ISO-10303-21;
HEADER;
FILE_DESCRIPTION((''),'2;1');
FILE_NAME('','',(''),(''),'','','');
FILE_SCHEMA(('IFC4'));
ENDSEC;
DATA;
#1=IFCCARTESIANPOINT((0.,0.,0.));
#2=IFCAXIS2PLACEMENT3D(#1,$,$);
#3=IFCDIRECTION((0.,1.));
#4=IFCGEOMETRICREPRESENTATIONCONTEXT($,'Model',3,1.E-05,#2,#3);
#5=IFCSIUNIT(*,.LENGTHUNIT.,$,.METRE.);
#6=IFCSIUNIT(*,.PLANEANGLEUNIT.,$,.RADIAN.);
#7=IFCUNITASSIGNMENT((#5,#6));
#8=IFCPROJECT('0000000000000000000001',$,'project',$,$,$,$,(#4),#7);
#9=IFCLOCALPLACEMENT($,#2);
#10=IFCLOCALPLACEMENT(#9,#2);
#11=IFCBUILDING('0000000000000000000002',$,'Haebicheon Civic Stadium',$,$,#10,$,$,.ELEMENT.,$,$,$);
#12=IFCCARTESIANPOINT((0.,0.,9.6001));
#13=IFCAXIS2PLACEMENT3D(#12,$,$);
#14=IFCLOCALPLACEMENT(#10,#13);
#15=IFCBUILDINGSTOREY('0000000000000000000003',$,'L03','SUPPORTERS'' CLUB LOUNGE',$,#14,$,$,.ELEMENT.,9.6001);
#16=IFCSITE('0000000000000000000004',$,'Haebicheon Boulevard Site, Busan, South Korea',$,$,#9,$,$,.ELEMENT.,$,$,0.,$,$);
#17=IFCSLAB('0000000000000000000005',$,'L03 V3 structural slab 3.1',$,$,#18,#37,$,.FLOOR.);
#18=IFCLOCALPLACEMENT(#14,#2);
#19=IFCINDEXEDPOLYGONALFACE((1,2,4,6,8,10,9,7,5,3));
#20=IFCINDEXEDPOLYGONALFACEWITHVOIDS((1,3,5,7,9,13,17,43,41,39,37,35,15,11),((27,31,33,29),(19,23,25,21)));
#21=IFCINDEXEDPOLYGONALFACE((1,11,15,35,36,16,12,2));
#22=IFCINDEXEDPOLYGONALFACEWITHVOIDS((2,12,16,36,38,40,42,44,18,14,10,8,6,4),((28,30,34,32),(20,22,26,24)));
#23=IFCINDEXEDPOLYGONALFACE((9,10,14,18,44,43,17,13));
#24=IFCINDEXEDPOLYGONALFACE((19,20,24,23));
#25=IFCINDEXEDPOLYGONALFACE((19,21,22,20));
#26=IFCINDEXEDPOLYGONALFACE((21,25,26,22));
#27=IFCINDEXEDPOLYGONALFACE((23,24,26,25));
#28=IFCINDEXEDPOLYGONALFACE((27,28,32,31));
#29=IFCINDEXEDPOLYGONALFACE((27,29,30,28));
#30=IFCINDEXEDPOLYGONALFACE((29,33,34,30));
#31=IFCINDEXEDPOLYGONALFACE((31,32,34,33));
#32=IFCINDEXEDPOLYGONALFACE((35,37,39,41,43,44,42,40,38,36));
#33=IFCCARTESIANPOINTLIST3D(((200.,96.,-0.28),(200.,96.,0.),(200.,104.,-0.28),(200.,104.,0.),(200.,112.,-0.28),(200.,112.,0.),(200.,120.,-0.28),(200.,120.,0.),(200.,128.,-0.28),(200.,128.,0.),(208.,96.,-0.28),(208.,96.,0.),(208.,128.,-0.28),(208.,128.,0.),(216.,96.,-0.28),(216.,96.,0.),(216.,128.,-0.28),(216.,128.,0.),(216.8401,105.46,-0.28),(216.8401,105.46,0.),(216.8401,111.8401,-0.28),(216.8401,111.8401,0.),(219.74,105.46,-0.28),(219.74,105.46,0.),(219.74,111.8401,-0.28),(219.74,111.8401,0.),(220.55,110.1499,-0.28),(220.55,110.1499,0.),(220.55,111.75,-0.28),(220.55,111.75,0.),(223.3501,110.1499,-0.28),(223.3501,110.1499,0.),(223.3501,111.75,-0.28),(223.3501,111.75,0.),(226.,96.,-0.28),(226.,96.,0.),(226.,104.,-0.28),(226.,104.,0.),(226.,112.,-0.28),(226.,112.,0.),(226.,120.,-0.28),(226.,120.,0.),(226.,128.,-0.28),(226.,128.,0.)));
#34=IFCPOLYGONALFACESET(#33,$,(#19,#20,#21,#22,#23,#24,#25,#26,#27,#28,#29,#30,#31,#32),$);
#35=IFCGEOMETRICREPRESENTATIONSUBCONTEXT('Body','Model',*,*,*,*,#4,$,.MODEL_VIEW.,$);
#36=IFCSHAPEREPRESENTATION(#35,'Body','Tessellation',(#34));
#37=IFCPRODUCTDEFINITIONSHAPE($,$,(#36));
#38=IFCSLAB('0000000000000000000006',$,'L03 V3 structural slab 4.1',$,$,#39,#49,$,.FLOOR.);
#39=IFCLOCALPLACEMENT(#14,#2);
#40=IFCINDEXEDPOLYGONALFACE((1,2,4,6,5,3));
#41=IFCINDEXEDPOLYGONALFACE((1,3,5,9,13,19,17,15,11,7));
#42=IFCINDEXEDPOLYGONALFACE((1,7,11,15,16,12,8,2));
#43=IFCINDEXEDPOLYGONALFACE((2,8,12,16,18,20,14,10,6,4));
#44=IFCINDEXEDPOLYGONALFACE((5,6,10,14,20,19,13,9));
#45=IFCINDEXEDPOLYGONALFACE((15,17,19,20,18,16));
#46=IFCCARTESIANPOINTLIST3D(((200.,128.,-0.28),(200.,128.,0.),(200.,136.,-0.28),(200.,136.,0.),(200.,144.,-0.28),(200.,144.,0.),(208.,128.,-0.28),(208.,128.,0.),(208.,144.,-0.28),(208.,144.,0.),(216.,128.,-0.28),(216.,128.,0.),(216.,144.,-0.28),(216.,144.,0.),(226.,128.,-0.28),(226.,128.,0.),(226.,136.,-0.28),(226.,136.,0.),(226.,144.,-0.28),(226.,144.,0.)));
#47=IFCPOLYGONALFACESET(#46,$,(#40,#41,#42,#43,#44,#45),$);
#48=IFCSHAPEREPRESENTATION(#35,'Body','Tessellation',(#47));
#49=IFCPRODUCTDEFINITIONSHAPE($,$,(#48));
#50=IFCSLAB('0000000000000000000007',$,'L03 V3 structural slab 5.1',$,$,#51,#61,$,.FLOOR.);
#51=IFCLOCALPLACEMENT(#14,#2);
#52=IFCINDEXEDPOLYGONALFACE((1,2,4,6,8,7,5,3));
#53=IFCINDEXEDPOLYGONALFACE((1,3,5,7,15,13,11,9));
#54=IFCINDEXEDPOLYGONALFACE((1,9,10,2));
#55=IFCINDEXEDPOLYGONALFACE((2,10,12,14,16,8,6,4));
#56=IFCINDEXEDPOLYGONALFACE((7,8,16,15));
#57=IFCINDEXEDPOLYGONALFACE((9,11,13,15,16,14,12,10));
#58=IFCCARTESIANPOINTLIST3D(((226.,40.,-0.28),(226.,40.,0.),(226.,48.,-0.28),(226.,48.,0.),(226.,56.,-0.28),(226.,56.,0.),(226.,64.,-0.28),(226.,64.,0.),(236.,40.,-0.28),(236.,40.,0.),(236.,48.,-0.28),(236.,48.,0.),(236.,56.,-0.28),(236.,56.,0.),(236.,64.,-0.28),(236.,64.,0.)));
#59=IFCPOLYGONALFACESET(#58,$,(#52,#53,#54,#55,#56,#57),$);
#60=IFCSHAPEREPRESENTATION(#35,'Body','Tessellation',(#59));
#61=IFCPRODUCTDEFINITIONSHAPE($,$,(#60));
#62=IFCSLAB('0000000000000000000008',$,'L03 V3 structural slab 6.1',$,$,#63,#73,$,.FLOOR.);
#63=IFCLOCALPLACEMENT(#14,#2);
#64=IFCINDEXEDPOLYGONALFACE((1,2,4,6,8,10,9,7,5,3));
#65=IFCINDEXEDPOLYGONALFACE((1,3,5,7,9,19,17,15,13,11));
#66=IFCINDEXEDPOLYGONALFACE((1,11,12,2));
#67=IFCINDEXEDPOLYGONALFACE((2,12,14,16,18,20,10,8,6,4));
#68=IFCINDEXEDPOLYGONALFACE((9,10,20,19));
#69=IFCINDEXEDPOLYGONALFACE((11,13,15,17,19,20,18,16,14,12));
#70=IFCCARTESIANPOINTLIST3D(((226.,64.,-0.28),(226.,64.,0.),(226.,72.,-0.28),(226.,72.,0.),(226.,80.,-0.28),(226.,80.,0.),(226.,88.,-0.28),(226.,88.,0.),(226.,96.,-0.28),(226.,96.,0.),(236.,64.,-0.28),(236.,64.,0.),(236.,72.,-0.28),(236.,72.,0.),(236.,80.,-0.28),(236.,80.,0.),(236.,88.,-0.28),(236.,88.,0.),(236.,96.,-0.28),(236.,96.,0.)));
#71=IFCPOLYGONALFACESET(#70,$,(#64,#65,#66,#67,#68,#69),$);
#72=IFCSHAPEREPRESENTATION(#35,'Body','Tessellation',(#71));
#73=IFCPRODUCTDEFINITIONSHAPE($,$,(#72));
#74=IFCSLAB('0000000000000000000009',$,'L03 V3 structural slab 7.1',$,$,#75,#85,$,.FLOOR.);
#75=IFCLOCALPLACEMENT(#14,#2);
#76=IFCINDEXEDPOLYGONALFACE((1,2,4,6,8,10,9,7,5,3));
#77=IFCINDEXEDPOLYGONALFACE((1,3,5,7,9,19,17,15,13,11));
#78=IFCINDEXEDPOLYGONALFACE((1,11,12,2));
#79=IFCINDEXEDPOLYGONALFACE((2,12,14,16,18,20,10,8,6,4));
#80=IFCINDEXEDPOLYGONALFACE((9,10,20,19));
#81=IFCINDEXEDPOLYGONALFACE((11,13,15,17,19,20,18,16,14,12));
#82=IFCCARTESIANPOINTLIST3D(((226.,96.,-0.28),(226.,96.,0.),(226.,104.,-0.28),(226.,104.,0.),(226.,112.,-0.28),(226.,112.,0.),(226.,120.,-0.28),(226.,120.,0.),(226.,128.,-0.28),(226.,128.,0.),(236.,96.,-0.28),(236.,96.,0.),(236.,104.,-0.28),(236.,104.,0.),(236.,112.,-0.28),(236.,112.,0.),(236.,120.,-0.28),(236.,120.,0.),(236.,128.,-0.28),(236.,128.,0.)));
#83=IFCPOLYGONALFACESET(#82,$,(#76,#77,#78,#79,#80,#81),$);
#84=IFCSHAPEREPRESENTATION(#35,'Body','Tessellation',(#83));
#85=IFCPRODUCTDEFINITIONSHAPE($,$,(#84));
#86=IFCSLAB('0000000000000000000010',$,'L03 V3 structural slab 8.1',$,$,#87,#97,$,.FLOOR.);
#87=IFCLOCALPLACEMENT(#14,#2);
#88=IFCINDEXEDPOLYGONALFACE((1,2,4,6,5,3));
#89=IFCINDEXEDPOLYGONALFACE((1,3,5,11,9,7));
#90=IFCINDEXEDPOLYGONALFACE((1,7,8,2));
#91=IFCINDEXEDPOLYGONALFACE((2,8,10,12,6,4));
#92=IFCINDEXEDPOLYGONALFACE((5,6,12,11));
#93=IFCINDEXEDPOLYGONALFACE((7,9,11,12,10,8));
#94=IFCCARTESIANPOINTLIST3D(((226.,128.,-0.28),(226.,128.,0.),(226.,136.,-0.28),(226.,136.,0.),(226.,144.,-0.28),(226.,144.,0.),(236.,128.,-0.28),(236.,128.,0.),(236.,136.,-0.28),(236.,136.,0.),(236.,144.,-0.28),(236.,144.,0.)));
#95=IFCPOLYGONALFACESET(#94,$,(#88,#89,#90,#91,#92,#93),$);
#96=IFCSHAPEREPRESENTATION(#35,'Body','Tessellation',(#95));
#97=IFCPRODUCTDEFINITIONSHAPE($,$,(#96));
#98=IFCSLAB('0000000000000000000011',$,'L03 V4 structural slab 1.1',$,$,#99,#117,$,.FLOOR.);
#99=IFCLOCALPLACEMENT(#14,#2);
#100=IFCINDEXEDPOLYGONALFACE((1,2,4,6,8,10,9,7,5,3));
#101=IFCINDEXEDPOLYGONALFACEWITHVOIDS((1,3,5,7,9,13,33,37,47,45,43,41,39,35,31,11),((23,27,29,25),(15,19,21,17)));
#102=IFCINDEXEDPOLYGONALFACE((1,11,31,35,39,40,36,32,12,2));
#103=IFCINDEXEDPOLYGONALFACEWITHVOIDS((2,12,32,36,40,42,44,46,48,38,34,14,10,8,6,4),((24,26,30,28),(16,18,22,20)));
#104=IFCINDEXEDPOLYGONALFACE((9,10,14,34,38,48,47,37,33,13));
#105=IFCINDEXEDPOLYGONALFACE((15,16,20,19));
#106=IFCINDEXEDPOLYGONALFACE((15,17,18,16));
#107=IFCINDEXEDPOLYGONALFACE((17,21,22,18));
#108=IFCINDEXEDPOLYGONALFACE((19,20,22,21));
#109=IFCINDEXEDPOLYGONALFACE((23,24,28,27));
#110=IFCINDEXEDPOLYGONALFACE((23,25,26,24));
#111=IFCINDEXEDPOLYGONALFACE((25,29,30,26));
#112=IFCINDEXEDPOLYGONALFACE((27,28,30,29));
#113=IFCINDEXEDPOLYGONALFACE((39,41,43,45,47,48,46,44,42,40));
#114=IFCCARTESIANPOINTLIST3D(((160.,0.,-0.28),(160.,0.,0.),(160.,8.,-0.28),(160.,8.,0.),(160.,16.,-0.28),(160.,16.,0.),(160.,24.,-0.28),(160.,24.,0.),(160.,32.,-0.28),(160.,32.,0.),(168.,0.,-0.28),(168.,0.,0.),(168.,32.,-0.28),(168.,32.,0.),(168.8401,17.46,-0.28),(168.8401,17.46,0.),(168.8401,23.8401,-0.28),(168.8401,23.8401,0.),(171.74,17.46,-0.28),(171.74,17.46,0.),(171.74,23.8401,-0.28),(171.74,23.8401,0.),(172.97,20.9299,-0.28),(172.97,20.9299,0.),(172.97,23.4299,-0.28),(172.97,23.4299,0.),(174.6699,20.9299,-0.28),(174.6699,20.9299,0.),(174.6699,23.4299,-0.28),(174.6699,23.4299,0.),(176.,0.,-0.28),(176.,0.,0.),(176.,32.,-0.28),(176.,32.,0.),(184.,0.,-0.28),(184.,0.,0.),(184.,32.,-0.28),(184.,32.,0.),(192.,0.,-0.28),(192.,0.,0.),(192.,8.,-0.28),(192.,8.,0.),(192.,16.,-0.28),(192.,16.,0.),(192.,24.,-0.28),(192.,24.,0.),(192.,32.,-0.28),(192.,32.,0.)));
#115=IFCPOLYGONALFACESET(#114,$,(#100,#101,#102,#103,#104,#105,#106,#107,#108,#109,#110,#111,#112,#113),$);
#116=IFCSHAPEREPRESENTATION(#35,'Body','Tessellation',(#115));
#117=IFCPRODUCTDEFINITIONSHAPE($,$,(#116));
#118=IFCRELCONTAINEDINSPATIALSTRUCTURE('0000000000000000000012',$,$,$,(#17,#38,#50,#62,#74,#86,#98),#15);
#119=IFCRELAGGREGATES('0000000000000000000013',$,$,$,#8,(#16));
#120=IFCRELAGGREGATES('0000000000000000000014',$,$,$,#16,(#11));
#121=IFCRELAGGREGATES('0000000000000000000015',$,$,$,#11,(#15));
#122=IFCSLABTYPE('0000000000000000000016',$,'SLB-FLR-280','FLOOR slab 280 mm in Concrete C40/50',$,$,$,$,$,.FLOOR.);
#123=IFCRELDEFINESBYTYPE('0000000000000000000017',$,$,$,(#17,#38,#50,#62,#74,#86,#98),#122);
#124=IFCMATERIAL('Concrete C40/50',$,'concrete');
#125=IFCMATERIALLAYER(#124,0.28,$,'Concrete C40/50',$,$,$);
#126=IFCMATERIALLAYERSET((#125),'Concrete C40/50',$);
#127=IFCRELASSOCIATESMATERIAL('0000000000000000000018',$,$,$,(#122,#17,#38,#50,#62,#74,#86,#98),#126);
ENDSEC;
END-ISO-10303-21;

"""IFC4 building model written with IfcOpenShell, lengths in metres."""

from ifc_helpers import new_model, si_unit, direction, frame, origin, place, context, subcontext, project, spatial, polyline, outline, extrude, material, layer, layer_set, type_object, element, save


model = new_model("IFC4")

# Units and contexts
model_context = context("Model", 3, precision=1e-05, world=origin(), true_north=direction((0.0, 1.0)))
body_context = subcontext(model_context, "Body", "Model", "MODEL_VIEW")
ifc_project = project(units=[si_unit("LENGTHUNIT", "METRE"), si_unit("PLANEANGLEUNIT", "RADIAN")], contexts=[model_context])

# Site, building, storey
site_placement = place(None, origin())
site = spatial("IfcSite", under=ifc_project, at=site_placement, Name="Haebicheon Boulevard Site, Busan, South Korea", CompositionType="ELEMENT", RefElevation=0.0)
building_placement = place(site_placement, origin())
building = spatial("IfcBuilding", under=site, at=building_placement, Name="Haebicheon Civic Stadium", CompositionType="ELEMENT")
storey_placement = place(building_placement, frame((0.0, 0.0, 9.6001)))
storey = spatial("IfcBuildingStorey", under=building, at=storey_placement, Name="L03", Description="SUPPORTERS' CLUB LOUNGE", CompositionType="ELEMENT", Elevation=9.6001)

# Slabs
ifc_material = material(Name="Concrete C40/50", Category="concrete")
ifc_layer = layer(ifc_material, 0.28, Name="Concrete C40/50")
ifc_layer_set = layer_set([ifc_layer], Name="Concrete C40/50")
slab_type = type_object("IfcSlabType", Name="SLB-FLR-280", Description="FLOOR slab 280 mm in Concrete C40/50", PredefinedType="FLOOR", material=ifc_layer_set)
slab_1_placement = place(storey_placement, frame((0.0, 0.0, -0.28)))
element("IfcSlab", 1, at=slab_1_placement, inside=storey, type_object=slab_type, material=ifc_layer_set, Name="L03 V3 structural slab 3.1", PredefinedType="FLOOR", context=body_context, shape_type="SweptSolid", body=[
    extrude(outline(polyline([(200.0, 112.0), (200.0, 120.0), (200.0, 128.0), (208.0, 128.0), (216.0, 128.0), (226.0, 128.0), (226.0, 120.0), (226.0, 112.0), (226.0, 104.0), (226.0, 96.0), (216.0, 96.0), (208.0, 96.0), (200.0, 96.0), (200.0, 104.0), (200.0, 112.0)]), holes=[polyline([(216.8401, 105.46), (219.74, 105.46), (219.74, 111.8401), (216.8401, 111.8401), (216.8401, 105.46)]), polyline([(220.55, 110.1499), (223.3501, 110.1499), (223.3501, 111.75), (220.55, 111.75), (220.55, 110.1499)])]), origin(), (0.0, 0.0, 1.0), 0.28),
])
slab_2_placement = place(storey_placement, frame((0.0, 0.0, -0.28)))
element("IfcSlab", 2, at=slab_2_placement, inside=storey, type_object=slab_type, material=ifc_layer_set, Name="L03 V3 structural slab 4.1", PredefinedType="FLOOR", context=body_context, shape_type="SweptSolid", body=[
    extrude(outline(polyline([(200.0, 136.0), (200.0, 144.0), (208.0, 144.0), (216.0, 144.0), (226.0, 144.0), (226.0, 136.0), (226.0, 128.0), (216.0, 128.0), (208.0, 128.0), (200.0, 128.0), (200.0, 136.0)])), origin(), (0.0, 0.0, 1.0), 0.28),
])
slab_3_placement = place(storey_placement, frame((0.0, 0.0, -0.28)))
element("IfcSlab", 3, at=slab_3_placement, inside=storey, type_object=slab_type, material=ifc_layer_set, Name="L03 V3 structural slab 5.1", PredefinedType="FLOOR", context=body_context, shape_type="SweptSolid", body=[
    extrude(outline(polyline([(236.0, 40.0), (226.0, 40.0), (226.0, 48.0), (226.0, 56.0), (226.0, 64.0), (236.0, 64.0), (236.0, 56.0), (236.0, 48.0), (236.0, 40.0)])), origin(), (0.0, 0.0, 1.0), 0.28),
])
slab_4_placement = place(storey_placement, frame((0.0, 0.0, -0.28)))
element("IfcSlab", 4, at=slab_4_placement, inside=storey, type_object=slab_type, material=ifc_layer_set, Name="L03 V3 structural slab 6.1", PredefinedType="FLOOR", context=body_context, shape_type="SweptSolid", body=[
    extrude(outline(polyline([(226.0, 64.0), (226.0, 72.0), (226.0, 80.0), (226.0, 88.0), (226.0, 96.0), (236.0, 96.0), (236.0, 88.0), (236.0, 80.0), (236.0, 72.0), (236.0, 64.0), (226.0, 64.0)])), origin(), (0.0, 0.0, 1.0), 0.28),
])
slab_5_placement = place(storey_placement, frame((0.0, 0.0, -0.28)))
element("IfcSlab", 5, at=slab_5_placement, inside=storey, type_object=slab_type, material=ifc_layer_set, Name="L03 V3 structural slab 7.1", PredefinedType="FLOOR", context=body_context, shape_type="SweptSolid", body=[
    extrude(outline(polyline([(226.0, 96.0), (226.0, 104.0), (226.0, 112.0), (226.0, 120.0), (226.0, 128.0), (236.0, 128.0), (236.0, 120.0), (236.0, 112.0), (236.0, 104.0), (236.0, 96.0), (226.0, 96.0)])), origin(), (0.0, 0.0, 1.0), 0.28),
])
slab_6_placement = place(storey_placement, frame((0.0, 0.0, -0.28)))
element("IfcSlab", 6, at=slab_6_placement, inside=storey, type_object=slab_type, material=ifc_layer_set, Name="L03 V3 structural slab 8.1", PredefinedType="FLOOR", context=body_context, shape_type="SweptSolid", body=[
    extrude(outline(polyline([(236.0, 128.0), (226.0, 128.0), (226.0, 136.0), (226.0, 144.0), (236.0, 144.0), (236.0, 136.0), (236.0, 128.0)])), origin(), (0.0, 0.0, 1.0), 0.28),
])
slab_7_placement = place(storey_placement, frame((0.0, 0.0, -0.28)))
element("IfcSlab", 7, at=slab_7_placement, inside=storey, type_object=slab_type, material=ifc_layer_set, Name="L03 V4 structural slab 1.1", PredefinedType="FLOOR", context=body_context, shape_type="SweptSolid", body=[
    extrude(outline(polyline([(160.0, 24.0), (160.0, 32.0), (168.0, 32.0), (176.0, 32.0), (184.0, 32.0), (192.0, 32.0), (192.0, 24.0), (192.0, 16.0), (192.0, 8.0), (192.0, 0.0), (184.0, 0.0), (176.0, 0.0), (168.0, 0.0), (160.0, 0.0), (160.0, 8.0), (160.0, 16.0), (160.0, 24.0)]), holes=[polyline([(168.8401, 17.46), (171.74, 17.46), (171.74, 23.8401), (168.8401, 23.8401), (168.8401, 17.46)]), polyline([(172.97, 20.9299), (174.6699, 20.9299), (174.6699, 23.4299), (172.97, 23.4299), (172.97, 20.9299)])]), origin(), (0.0, 0.0, 1.0), 0.28),
])

save(model, "model.ifc")
